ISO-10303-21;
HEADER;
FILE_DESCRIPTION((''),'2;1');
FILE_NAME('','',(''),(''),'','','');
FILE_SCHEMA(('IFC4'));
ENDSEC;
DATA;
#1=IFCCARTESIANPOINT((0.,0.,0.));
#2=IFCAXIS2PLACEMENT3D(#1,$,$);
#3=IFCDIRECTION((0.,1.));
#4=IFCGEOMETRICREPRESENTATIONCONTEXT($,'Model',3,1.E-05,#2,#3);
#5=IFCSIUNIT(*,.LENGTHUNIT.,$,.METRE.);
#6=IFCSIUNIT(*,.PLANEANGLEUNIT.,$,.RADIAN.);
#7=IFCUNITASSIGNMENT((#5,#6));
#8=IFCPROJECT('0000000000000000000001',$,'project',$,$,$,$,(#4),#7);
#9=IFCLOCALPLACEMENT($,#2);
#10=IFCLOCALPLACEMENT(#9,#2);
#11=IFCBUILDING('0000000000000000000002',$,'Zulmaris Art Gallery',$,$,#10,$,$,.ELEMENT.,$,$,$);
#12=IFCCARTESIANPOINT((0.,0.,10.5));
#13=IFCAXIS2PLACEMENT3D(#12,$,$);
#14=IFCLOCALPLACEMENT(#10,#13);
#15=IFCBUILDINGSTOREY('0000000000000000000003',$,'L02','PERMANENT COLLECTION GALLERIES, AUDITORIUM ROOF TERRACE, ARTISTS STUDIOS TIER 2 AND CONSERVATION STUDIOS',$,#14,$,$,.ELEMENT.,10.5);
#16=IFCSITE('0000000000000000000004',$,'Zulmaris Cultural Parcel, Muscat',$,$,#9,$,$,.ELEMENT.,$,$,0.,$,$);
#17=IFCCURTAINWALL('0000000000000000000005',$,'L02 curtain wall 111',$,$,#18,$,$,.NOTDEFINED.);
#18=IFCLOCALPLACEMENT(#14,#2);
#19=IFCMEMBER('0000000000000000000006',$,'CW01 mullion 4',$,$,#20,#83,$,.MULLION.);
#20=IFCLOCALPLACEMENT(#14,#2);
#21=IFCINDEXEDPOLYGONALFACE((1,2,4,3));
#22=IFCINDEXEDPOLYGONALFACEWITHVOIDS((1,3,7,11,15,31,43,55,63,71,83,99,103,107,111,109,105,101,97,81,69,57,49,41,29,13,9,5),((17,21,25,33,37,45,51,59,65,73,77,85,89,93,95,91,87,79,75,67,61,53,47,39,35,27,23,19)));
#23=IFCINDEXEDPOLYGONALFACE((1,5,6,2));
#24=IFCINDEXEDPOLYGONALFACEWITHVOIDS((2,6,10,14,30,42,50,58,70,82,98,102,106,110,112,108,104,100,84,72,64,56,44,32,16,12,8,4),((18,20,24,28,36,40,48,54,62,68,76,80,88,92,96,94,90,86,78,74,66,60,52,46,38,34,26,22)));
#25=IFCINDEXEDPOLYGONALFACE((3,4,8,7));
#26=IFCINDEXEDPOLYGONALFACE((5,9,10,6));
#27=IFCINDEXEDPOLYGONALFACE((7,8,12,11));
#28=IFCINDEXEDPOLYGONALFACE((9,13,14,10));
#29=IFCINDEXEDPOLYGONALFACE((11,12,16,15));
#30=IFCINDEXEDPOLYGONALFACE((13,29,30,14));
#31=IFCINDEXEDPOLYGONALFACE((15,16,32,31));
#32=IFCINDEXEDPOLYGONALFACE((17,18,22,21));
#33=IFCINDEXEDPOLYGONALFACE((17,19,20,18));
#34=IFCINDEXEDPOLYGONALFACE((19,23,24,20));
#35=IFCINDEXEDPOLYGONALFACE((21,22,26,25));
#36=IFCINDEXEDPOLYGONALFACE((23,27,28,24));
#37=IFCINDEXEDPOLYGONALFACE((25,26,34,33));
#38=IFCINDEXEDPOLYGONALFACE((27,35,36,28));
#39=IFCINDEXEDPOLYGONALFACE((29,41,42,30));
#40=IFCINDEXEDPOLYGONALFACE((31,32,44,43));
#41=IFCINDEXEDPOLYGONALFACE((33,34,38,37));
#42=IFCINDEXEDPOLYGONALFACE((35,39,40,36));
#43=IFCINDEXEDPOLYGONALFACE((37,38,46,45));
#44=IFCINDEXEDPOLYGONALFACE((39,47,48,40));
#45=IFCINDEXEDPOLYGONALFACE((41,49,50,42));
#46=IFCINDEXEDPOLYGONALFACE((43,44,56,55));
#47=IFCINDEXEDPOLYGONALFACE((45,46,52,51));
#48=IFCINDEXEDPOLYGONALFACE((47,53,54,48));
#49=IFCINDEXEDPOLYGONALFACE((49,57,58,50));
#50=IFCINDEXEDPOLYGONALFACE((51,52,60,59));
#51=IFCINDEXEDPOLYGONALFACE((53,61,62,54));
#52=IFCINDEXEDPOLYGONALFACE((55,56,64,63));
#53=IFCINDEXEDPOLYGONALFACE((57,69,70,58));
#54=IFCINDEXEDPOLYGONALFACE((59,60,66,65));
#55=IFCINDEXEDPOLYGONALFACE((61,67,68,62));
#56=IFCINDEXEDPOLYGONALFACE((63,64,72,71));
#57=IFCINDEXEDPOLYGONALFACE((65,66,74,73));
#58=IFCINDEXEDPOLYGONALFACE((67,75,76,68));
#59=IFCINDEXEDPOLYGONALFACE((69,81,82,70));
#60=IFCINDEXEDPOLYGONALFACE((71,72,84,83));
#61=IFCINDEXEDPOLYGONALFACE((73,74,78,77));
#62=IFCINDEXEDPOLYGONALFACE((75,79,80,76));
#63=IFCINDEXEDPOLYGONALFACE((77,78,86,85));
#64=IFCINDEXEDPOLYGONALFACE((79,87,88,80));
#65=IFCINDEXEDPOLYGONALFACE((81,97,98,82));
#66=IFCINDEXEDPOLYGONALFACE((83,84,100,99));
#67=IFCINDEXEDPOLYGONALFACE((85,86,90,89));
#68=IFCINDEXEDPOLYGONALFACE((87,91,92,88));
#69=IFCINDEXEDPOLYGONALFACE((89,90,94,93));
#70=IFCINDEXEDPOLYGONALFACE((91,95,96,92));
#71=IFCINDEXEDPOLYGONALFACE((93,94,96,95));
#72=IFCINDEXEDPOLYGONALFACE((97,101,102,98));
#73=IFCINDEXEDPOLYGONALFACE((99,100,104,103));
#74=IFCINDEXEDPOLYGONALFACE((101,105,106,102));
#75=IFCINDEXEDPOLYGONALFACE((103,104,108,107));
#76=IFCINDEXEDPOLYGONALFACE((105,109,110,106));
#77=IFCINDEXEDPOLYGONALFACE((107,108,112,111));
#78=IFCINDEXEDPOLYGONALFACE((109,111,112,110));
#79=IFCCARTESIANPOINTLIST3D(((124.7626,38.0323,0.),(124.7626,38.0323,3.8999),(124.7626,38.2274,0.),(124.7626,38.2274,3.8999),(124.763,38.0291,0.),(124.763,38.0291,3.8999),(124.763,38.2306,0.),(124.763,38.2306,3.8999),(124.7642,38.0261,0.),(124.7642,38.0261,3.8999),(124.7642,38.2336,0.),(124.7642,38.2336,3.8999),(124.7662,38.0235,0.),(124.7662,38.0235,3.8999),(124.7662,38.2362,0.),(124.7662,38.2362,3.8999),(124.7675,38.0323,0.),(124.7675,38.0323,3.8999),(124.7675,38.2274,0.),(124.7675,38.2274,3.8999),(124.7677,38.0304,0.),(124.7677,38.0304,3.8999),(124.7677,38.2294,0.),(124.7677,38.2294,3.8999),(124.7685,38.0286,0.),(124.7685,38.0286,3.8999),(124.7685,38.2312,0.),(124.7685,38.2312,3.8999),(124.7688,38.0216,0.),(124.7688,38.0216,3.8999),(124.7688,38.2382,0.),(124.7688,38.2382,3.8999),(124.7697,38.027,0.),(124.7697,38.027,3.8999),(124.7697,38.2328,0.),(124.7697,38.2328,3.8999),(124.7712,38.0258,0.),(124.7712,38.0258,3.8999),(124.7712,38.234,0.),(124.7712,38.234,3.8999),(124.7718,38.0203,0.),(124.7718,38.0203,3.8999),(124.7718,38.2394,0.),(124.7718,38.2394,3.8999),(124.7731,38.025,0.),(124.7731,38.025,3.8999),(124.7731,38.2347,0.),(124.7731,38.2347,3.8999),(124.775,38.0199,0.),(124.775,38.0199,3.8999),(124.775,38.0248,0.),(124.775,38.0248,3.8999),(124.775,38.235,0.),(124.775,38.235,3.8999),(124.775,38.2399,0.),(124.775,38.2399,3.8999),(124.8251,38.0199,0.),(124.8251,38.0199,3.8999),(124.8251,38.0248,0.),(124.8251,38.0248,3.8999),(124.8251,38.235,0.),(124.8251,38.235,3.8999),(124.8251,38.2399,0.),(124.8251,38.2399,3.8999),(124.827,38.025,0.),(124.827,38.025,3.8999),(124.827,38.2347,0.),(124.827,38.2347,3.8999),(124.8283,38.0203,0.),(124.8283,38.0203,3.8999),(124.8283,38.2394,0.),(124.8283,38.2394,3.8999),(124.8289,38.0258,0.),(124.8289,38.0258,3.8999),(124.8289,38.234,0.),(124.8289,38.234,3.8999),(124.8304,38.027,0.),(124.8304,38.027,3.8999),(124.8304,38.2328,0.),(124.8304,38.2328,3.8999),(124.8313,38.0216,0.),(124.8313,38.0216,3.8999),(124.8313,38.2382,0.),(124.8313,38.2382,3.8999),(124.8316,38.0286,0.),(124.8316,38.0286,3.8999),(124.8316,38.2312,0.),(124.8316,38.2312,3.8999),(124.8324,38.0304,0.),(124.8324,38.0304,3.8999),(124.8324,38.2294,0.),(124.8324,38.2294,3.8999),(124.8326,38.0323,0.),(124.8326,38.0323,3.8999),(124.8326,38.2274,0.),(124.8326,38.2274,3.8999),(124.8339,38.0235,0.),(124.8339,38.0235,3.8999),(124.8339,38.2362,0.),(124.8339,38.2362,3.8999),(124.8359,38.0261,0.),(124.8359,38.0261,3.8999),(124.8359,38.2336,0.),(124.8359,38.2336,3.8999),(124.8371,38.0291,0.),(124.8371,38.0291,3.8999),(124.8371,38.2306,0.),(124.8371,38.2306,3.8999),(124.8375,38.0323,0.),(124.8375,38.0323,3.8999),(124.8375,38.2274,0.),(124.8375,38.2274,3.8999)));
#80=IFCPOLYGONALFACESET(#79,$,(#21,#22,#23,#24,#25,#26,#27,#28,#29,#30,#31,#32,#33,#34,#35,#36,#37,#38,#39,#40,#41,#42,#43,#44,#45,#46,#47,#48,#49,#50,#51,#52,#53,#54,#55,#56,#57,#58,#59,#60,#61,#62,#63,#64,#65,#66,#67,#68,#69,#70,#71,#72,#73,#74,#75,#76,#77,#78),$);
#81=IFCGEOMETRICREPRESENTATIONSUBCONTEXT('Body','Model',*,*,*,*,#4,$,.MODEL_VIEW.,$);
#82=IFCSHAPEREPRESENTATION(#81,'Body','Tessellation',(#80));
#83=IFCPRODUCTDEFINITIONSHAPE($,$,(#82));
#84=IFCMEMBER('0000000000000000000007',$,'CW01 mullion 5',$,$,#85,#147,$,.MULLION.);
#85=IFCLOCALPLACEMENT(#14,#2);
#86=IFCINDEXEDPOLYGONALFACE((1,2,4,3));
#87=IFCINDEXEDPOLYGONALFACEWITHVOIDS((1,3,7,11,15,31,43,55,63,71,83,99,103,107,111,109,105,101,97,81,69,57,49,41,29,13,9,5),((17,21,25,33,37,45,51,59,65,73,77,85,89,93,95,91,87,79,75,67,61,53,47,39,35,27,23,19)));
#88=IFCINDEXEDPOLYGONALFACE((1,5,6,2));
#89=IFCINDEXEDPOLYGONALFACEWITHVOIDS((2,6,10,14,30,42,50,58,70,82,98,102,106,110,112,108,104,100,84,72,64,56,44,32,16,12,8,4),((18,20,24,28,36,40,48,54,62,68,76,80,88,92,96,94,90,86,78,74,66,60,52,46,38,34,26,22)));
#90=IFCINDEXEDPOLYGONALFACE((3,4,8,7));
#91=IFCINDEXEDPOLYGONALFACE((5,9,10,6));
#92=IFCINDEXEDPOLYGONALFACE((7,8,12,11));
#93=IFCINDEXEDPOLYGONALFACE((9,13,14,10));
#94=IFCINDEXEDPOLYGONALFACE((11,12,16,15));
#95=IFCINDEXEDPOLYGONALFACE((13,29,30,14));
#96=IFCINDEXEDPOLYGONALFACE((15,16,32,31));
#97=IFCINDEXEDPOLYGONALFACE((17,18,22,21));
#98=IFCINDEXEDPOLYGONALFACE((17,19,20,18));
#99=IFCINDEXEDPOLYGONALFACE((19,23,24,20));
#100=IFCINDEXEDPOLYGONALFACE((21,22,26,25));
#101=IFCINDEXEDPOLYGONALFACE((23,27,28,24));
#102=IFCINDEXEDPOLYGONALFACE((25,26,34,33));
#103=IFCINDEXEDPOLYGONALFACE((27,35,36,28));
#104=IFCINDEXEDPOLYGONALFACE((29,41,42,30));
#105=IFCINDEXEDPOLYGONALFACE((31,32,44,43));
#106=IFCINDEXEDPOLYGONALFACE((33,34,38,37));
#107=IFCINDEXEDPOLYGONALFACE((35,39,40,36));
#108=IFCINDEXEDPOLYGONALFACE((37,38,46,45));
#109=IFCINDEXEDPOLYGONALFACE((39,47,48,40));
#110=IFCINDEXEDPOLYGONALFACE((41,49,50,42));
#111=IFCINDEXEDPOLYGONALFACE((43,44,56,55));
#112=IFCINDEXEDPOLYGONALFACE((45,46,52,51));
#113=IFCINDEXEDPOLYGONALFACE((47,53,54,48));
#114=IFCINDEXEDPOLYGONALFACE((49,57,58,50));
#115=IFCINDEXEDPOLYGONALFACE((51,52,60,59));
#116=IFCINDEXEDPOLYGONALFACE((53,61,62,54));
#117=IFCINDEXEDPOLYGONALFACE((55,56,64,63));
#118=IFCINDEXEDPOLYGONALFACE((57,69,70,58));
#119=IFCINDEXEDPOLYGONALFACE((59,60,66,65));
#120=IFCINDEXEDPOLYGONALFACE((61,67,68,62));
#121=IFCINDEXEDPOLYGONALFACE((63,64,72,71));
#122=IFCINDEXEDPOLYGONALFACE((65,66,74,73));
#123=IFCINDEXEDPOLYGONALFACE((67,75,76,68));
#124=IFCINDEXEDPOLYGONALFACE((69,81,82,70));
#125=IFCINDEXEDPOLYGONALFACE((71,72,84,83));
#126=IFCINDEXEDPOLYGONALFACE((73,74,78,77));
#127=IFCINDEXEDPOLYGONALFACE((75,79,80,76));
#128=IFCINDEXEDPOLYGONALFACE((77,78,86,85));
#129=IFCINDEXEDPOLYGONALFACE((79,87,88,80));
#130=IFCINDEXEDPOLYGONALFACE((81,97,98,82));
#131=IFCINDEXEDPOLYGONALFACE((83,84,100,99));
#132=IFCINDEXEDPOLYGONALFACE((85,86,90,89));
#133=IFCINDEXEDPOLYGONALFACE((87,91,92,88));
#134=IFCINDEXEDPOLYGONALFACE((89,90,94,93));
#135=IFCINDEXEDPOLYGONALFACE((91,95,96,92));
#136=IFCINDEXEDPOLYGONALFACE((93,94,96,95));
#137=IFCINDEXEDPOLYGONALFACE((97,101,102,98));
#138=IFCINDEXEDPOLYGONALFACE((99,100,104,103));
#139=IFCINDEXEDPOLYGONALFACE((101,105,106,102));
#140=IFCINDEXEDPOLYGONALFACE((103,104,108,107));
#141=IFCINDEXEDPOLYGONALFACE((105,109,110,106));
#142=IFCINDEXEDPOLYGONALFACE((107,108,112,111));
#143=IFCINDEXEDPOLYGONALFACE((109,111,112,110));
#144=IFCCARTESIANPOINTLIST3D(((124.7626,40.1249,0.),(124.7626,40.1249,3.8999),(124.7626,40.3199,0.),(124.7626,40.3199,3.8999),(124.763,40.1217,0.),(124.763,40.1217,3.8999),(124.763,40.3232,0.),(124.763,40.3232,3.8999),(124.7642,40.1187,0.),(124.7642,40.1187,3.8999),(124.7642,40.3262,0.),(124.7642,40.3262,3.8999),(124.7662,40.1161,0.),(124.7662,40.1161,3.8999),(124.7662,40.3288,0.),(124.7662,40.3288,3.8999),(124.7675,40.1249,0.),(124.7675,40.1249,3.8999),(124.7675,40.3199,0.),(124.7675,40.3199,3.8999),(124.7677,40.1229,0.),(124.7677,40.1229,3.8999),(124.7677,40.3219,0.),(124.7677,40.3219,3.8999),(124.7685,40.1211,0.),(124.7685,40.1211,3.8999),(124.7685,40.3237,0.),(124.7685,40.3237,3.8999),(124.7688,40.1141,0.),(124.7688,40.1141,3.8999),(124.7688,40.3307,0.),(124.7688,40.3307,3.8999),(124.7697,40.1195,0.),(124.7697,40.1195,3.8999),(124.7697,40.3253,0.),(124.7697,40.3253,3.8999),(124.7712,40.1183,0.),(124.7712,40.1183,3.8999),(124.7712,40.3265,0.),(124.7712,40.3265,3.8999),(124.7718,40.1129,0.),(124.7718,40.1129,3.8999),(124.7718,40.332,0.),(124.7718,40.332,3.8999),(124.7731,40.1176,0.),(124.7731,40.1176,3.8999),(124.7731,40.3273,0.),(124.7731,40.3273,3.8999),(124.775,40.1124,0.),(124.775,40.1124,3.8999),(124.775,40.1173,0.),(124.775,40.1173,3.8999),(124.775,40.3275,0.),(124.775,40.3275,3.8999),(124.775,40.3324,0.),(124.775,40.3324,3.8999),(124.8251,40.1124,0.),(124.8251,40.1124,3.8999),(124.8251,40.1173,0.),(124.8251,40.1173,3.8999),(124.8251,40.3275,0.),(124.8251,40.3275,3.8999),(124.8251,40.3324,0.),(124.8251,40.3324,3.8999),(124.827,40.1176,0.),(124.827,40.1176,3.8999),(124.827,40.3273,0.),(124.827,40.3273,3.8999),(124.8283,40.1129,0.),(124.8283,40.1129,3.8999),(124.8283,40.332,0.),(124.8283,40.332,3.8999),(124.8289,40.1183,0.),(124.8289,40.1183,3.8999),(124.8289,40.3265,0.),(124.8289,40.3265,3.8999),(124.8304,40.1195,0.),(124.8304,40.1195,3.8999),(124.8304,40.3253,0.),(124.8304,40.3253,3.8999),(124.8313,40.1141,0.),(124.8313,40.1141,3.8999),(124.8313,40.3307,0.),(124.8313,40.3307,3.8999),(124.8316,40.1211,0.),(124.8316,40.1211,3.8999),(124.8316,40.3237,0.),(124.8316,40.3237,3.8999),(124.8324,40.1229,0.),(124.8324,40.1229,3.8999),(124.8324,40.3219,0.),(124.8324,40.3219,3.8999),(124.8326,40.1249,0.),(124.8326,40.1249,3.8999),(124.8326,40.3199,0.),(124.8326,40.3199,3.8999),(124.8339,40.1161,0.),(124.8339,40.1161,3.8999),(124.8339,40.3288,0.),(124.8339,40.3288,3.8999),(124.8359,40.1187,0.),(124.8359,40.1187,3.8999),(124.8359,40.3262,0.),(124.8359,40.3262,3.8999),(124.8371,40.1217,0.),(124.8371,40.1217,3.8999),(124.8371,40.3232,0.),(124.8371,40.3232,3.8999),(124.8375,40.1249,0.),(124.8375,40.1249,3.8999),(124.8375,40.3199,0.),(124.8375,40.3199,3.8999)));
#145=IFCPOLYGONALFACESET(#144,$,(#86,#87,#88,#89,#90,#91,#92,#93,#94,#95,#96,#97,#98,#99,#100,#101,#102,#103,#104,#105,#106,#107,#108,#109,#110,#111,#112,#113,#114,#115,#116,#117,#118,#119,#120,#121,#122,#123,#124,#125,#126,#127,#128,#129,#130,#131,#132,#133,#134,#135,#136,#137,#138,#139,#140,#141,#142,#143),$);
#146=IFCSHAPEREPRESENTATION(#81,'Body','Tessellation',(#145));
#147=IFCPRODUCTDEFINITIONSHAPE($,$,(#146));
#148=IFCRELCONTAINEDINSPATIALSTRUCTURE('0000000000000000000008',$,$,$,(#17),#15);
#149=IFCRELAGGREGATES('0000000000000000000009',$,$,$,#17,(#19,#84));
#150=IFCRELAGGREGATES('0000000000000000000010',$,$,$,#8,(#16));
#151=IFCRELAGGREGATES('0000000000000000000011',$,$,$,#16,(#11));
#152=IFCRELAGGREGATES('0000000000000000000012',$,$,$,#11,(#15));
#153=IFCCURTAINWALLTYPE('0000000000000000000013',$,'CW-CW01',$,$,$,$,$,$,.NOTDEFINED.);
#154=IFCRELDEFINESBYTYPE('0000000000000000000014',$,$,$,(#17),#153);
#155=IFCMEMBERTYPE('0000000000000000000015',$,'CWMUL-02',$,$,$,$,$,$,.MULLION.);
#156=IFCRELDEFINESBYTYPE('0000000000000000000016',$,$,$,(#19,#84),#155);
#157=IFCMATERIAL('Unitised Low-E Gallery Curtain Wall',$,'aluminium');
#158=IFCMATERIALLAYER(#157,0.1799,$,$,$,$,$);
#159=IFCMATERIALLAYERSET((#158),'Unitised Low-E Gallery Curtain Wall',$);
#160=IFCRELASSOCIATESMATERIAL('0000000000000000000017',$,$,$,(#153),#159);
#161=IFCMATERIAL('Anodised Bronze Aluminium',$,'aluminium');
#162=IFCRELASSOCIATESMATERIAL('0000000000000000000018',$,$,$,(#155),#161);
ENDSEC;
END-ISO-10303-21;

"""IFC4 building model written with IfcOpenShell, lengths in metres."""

from ifc_helpers import new_model, si_unit, direction, frame, origin, origin_2d, place, context, subcontext, project, spatial, hollow_rectangle, extrude, material, layer, layer_set, material_profile, profile_set, type_object, element, aggregate, save


model = new_model("IFC4")

# Units and contexts
model_context = context("Model", 3, precision=1e-05, world=origin(), true_north=direction((0.0, 1.0)))
body_context = subcontext(model_context, "Body", "Model", "MODEL_VIEW")
ifc_project = project(units=[si_unit("LENGTHUNIT", "METRE"), si_unit("PLANEANGLEUNIT", "RADIAN")], contexts=[model_context])

# Site, building, storey
site_placement = place(None, origin())
site = spatial("IfcSite", under=ifc_project, at=site_placement, Name="Zulmaris Cultural Parcel, Muscat", CompositionType="ELEMENT", RefElevation=0.0)
building_placement = place(site_placement, origin())
building = spatial("IfcBuilding", under=site, at=building_placement, Name="Zulmaris Art Gallery", CompositionType="ELEMENT")
storey_placement = place(building_placement, frame((0.0, 0.0, 10.5)))
storey = spatial("IfcBuildingStorey", under=building, at=storey_placement, Name="L02", Description="PERMANENT COLLECTION GALLERIES, AUDITORIUM ROOF TERRACE, ARTISTS STUDIOS TIER 2 AND CONSERVATION STUDIOS", CompositionType="ELEMENT", Elevation=10.5)

# Curtain wall, members
ifc_material_1 = material(Name="Unitised Low-E Gallery Curtain Wall", Category="aluminium")
ifc_layer_1 = layer(ifc_material_1, 0.1799)
ifc_layer_set_1 = layer_set([ifc_layer_1], Name="Unitised Low-E Gallery Curtain Wall")
curtain_wall_type = type_object("IfcCurtainWallType", Name="CW-CW01", PredefinedType="NOTDEFINED", material=ifc_layer_set_1)
curtain_wall_1_placement = place(storey_placement, origin())
curtain_wall_1 = element("IfcCurtainWall", 1, at=curtain_wall_1_placement, inside=storey, type_object=curtain_wall_type, Name="L02 curtain wall 111", PredefinedType="NOTDEFINED")
ifc_material_2 = material(Name="Anodised Bronze Aluminium", Category="aluminium")
ifc_material_profile_1 = material_profile(ifc_material_2, hollow_rectangle(XDim=0.075, YDim=0.22, WallThickness=0.0049, InnerFilletRadius=0.0076, OuterFilletRadius=0.0125, at=origin_2d()), Name="ALU 75x220x5")
ifc_profile_set_1 = profile_set([ifc_material_profile_1], Name="Anodised Bronze Aluminium")
member_type_1 = type_object("IfcMemberType", Name="CWMUL-02", PredefinedType="MULLION", material=ifc_profile_set_1)
member_1_placement = place(storey_placement, frame((124.8, 38.1299, 0.0), z_axis=(0.0, 0.0, 1.0), x_axis=(-1.0, 0.0, 0.0)))
member_1 = element("IfcMember", 2, at=member_1_placement, type_object=member_type_1, Name="CW01 mullion 4", PredefinedType="MULLION", context=body_context, shape_type="SweptSolid", body=[
    extrude(hollow_rectangle(XDim=0.075, YDim=0.22, WallThickness=0.0049, InnerFilletRadius=0.0076, OuterFilletRadius=0.0125, at=origin_2d()), origin(), (0.0, 0.0, 1.0), 3.8999),
])
member_2_placement = place(storey_placement, frame((124.8, 40.2224, 0.0), z_axis=(0.0, 0.0, 1.0), x_axis=(-1.0, 0.0, 0.0)))
member_2 = element("IfcMember", 3, at=member_2_placement, type_object=member_type_1, Name="CW01 mullion 5", PredefinedType="MULLION", context=body_context, shape_type="SweptSolid", body=[
    extrude(hollow_rectangle(XDim=0.075, YDim=0.22, WallThickness=0.0049, InnerFilletRadius=0.0076, OuterFilletRadius=0.0125, at=origin_2d()), origin(), (0.0, 0.0, 1.0), 3.8999),
])

aggregate(curtain_wall_1, [member_1, member_2])

save(model, "model.ifc")
